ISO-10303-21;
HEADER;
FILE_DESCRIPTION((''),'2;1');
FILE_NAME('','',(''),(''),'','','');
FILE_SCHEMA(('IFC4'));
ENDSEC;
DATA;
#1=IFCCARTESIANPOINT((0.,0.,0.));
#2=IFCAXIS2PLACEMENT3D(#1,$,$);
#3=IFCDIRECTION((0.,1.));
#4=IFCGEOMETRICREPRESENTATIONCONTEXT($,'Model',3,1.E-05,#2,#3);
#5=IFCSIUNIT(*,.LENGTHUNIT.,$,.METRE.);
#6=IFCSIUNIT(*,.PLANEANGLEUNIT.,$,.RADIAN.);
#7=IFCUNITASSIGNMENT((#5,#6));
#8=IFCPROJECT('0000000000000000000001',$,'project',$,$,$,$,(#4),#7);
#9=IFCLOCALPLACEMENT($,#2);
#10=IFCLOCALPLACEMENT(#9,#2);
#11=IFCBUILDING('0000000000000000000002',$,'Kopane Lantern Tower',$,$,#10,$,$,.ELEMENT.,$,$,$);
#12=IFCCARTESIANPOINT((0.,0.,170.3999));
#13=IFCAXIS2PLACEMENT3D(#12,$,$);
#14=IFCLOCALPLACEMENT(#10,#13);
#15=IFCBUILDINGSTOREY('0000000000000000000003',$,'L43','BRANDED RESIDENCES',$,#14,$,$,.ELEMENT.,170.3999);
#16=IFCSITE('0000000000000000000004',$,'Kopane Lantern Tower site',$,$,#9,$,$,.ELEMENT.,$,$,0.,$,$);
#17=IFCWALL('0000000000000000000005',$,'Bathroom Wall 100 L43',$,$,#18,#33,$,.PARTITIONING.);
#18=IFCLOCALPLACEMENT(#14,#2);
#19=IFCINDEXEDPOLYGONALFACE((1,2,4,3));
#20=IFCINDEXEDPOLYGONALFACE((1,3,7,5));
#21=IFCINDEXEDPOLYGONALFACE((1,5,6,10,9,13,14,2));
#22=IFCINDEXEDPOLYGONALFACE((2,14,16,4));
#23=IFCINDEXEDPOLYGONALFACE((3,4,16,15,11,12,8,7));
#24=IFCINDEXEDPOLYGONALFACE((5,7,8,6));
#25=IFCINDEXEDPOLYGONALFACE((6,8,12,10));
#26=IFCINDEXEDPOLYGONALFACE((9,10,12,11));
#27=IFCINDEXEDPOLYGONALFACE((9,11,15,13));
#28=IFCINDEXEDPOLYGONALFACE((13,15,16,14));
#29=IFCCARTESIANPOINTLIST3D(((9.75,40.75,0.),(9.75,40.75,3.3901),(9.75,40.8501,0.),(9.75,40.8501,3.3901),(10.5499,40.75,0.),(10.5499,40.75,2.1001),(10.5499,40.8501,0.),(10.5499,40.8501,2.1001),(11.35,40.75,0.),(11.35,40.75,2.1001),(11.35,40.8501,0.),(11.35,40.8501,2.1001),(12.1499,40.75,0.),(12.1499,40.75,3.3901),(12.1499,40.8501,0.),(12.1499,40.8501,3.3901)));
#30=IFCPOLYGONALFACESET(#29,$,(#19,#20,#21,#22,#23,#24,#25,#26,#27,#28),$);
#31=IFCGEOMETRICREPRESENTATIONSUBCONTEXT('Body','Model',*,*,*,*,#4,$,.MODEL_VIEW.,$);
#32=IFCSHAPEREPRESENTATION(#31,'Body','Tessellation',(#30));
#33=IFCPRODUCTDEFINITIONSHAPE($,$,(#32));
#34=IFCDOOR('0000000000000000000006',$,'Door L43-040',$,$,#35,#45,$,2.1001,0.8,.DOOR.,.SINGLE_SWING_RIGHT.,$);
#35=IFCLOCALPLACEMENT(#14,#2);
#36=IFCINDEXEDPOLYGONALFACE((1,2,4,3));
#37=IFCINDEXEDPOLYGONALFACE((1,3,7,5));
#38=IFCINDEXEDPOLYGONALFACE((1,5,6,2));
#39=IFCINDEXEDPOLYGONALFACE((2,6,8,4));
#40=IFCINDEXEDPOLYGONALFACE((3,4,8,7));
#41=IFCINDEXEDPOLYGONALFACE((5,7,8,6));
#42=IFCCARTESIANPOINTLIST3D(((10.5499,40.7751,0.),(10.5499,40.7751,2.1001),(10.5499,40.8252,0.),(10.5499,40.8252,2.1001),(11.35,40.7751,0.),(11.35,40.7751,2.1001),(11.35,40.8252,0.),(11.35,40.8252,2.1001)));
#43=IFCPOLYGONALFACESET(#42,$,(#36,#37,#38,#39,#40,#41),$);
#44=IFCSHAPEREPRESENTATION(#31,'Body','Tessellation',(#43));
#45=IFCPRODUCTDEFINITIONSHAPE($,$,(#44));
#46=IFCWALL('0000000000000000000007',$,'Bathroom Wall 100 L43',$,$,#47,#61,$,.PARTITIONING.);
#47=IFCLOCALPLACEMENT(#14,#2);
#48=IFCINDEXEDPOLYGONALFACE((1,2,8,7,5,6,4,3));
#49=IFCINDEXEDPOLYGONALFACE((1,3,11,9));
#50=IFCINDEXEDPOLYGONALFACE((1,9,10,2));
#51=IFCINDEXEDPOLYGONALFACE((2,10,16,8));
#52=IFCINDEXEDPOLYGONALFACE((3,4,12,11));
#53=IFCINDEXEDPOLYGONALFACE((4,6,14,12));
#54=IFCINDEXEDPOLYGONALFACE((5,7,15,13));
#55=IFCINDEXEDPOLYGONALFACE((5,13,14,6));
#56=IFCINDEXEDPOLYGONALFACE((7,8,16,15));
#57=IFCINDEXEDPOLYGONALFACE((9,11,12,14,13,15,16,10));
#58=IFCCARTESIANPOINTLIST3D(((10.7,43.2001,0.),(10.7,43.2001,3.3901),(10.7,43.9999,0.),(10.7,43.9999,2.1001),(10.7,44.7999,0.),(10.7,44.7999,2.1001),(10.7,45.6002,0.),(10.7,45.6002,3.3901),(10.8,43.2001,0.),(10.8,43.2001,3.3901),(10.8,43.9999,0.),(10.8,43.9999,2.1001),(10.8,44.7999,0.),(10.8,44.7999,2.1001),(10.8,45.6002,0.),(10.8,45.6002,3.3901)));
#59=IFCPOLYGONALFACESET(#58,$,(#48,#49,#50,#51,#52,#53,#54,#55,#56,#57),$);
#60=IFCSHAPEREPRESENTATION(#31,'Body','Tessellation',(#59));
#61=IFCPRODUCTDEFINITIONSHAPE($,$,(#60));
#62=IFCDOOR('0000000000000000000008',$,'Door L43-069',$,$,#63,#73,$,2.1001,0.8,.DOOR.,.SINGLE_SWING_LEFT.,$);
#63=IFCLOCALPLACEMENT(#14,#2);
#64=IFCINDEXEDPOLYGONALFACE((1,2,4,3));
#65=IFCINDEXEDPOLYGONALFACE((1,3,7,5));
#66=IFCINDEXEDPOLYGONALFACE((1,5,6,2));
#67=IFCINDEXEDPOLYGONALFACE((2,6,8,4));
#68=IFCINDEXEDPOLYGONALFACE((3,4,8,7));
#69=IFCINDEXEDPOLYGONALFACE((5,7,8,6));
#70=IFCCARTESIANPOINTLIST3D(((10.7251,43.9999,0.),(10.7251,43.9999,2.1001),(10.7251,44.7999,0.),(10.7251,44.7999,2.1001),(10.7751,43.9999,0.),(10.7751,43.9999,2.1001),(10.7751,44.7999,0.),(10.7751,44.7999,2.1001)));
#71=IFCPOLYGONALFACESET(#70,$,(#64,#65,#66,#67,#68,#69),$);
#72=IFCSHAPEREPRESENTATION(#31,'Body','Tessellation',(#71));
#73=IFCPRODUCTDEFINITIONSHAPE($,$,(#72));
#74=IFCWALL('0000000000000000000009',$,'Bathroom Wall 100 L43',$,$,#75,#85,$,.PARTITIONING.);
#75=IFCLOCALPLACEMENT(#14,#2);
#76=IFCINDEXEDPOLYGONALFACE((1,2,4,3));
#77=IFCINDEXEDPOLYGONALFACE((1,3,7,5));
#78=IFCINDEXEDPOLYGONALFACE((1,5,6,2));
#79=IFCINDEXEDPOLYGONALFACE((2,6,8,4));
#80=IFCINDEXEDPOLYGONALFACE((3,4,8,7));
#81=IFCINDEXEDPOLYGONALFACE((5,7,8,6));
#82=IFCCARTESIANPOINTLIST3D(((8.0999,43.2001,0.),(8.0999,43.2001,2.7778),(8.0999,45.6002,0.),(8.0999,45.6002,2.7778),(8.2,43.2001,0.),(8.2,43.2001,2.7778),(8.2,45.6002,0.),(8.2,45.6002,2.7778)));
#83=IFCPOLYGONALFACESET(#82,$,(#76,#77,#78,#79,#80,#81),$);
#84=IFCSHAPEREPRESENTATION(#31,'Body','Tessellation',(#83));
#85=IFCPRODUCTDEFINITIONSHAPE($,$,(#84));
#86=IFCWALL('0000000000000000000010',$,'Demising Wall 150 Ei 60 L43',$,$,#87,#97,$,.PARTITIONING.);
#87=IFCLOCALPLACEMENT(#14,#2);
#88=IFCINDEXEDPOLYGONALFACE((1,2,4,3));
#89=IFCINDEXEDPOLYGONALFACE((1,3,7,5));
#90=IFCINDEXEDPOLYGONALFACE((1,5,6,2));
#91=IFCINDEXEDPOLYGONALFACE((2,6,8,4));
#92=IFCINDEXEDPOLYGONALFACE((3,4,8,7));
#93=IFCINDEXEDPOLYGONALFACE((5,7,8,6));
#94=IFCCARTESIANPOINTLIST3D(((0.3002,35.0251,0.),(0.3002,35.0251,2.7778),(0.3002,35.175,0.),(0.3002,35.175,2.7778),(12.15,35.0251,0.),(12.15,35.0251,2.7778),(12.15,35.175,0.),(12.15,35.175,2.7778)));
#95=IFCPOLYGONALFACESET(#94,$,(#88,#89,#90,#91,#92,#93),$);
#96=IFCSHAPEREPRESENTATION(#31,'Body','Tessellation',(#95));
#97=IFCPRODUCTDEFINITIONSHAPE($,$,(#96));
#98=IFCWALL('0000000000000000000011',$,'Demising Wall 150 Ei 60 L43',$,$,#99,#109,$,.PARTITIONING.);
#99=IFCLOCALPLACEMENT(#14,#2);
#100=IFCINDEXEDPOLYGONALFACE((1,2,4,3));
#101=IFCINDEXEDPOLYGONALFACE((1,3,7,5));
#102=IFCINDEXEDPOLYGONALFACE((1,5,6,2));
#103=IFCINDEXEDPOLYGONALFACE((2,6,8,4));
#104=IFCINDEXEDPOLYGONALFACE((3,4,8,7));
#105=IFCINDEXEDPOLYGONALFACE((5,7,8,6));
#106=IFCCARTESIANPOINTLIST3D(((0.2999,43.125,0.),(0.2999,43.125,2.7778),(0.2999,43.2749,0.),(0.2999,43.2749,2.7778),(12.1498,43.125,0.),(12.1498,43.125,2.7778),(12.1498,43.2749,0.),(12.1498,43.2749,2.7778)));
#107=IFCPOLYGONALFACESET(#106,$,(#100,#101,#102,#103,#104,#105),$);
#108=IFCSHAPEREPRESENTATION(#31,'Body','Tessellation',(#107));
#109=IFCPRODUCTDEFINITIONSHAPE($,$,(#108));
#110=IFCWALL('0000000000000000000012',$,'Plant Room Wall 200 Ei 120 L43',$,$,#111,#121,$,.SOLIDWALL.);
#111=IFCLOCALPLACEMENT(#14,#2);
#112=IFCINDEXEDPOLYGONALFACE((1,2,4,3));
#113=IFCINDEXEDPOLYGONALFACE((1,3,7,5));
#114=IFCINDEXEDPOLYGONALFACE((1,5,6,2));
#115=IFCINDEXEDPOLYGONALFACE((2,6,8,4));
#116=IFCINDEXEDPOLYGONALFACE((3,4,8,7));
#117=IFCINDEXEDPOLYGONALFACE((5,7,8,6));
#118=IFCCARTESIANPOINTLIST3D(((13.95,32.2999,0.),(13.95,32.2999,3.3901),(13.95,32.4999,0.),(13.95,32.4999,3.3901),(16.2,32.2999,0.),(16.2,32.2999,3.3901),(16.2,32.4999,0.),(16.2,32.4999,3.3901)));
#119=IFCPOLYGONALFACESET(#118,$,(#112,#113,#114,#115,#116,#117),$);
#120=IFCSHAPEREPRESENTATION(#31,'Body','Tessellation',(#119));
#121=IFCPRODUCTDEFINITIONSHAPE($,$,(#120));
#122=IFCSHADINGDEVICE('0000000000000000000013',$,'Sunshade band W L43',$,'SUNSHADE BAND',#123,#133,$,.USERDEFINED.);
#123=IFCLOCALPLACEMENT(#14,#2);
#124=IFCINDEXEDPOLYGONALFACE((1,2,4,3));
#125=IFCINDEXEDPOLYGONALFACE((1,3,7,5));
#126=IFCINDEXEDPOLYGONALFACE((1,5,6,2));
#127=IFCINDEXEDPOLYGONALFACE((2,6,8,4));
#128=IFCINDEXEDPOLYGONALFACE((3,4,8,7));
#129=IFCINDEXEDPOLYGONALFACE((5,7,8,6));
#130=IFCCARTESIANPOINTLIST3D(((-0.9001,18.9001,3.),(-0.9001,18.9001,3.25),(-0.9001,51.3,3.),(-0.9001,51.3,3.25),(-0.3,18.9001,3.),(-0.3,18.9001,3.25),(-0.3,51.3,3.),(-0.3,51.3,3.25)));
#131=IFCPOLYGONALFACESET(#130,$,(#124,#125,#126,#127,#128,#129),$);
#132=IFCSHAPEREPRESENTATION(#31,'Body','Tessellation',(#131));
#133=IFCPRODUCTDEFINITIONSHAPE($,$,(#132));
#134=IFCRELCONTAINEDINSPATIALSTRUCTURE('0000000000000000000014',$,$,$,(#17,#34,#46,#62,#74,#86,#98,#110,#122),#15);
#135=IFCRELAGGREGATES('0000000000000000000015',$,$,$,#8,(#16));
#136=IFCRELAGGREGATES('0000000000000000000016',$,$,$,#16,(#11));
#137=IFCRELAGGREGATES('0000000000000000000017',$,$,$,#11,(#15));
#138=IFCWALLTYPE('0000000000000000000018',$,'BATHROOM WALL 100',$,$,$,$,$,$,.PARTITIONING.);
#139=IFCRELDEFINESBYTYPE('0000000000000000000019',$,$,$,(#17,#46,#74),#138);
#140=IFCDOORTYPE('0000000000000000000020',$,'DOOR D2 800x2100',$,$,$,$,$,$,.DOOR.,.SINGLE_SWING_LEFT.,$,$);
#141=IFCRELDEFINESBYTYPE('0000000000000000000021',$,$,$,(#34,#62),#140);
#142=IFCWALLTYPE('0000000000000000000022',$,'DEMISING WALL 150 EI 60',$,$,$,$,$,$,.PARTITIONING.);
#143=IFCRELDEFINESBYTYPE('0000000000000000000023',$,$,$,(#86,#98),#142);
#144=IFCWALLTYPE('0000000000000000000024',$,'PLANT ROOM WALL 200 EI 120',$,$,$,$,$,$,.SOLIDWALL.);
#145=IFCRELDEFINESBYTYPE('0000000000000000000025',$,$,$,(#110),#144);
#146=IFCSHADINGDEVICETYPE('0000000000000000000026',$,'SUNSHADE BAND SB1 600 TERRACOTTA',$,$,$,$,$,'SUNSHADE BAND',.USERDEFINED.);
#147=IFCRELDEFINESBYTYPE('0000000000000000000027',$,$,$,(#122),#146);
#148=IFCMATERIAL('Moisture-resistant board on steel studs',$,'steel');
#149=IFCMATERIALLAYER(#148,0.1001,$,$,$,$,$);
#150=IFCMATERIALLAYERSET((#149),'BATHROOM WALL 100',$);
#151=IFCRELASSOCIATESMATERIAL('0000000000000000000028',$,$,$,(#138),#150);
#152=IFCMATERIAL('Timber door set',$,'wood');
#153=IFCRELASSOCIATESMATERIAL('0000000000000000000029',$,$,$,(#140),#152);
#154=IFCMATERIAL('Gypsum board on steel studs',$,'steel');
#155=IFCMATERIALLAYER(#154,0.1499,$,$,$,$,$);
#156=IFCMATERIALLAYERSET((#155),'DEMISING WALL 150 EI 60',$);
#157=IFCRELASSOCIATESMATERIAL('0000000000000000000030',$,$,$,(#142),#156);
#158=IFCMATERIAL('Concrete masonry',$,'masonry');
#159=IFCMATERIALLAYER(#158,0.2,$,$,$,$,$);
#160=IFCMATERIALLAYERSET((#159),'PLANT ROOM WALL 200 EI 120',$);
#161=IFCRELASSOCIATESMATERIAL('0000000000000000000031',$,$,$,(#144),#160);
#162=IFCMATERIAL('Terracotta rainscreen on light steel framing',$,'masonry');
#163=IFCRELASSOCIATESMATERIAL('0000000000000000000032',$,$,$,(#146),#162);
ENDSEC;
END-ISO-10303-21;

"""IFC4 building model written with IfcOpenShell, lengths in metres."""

from ifc_helpers import new_model, si_unit, direction, frame, frame_2d, origin, origin_2d, place, context, subcontext, project, spatial, rectangle, extrude, material, layer, layer_set, type_object, element, fill, save


model = new_model("IFC4")

# Units and contexts
model_context = context("Model", 3, precision=1e-05, world=origin(), true_north=direction((0.0, 1.0)))
body_context = subcontext(model_context, "Body", "Model", "MODEL_VIEW")
ifc_project = project(units=[si_unit("LENGTHUNIT", "METRE"), si_unit("PLANEANGLEUNIT", "RADIAN")], contexts=[model_context])

# Site, building, storey
site_placement = place(None, origin())
site = spatial("IfcSite", under=ifc_project, at=site_placement, Name="Kopane Lantern Tower site", CompositionType="ELEMENT", RefElevation=0.0)
building_placement = place(site_placement, origin())
building = spatial("IfcBuilding", under=site, at=building_placement, Name="Kopane Lantern Tower", CompositionType="ELEMENT")
storey_placement = place(building_placement, frame((0.0, 0.0, 170.3999)))
storey = spatial("IfcBuildingStorey", under=building, at=storey_placement, Name="L43", Description="BRANDED RESIDENCES", CompositionType="ELEMENT", Elevation=170.3999)

# Walls, openings, doors
ifc_material_1 = material(Name="Moisture-resistant board on steel studs", Category="steel")
ifc_layer_1 = layer(ifc_material_1, 0.1001)
ifc_layer_set_1 = layer_set([ifc_layer_1], Name="BATHROOM WALL 100")
wall_type_1 = type_object("IfcWallType", Name="BATHROOM WALL 100", PredefinedType="PARTITIONING", material=ifc_layer_set_1)
ifc_material_2 = material(Name="Timber door set", Category="wood")
door_type = type_object("IfcDoorType", Name="DOOR D2 800x2100", OperationType="SINGLE_SWING_LEFT", PredefinedType="DOOR", material=ifc_material_2)
wall_1_placement = place(storey_placement, frame((12.1499, 40.8, 0.0), z_axis=(0.0, 0.0, 1.0), x_axis=(-1.0, 0.0, 0.0)))
wall_1 = element("IfcWall", 1, at=wall_1_placement, inside=storey, type_object=wall_type_1, Name="Bathroom Wall 100 L43", PredefinedType="PARTITIONING", context=body_context, shape_type="SweptSolid", body=[
    extrude(rectangle(XDim=2.3999, YDim=0.1001, at=frame_2d((1.2, 0.0))), origin(), (0.0, 0.0, 1.0), 3.3901),
])
opening_1_placement = place(wall_1_placement, frame((0.8, 0.0, 0.0)))
opening_1 = element("IfcOpeningElement", 2, at=opening_1_placement, cuts=wall_1, PredefinedType="OPENING", context=body_context, shape_type="SweptSolid", body=[
    extrude(rectangle(XDim=0.8, YDim=2.1001, at=frame_2d((0.3999, 1.05))), frame((0.0, 0.0601, 0.0), z_axis=(0.0, -1.0, 0.0), x_axis=(1.0, 0.0, 0.0)), (0.0, 0.0, 1.0), 0.1201),
])
door_1_placement = place(opening_1_placement, origin())
door_1 = element("IfcDoor", 3, at=door_1_placement, inside=storey, type_object=door_type, Name="Door L43-040", OperationType="SINGLE_SWING_RIGHT", OverallHeight=2.1001, OverallWidth=0.8, PredefinedType="DOOR", context=body_context, shape_type="SweptSolid", body=[
    extrude(rectangle(XDim=0.8, YDim=2.1001, at=frame_2d((0.3999, 1.05))), frame((0.0, 0.0249, 0.0), z_axis=(0.0, -1.0, 0.0), x_axis=(1.0, 0.0, 0.0)), (0.0, 0.0, 1.0), 0.05),
])
fill(opening_1, door_1)
wall_2_placement = place(storey_placement, frame((10.75, 43.2, 0.0), z_axis=(0.0, 0.0, 1.0), x_axis=(0.0, 1.0, 0.0)))
wall_2 = element("IfcWall", 4, at=wall_2_placement, inside=storey, type_object=wall_type_1, Name="Bathroom Wall 100 L43", PredefinedType="PARTITIONING", context=body_context, shape_type="SweptSolid", body=[
    extrude(rectangle(XDim=2.4001, YDim=0.1001, at=frame_2d((1.2002, 0.0))), origin(), (0.0, 0.0, 1.0), 3.3901),
])
opening_2_placement = place(wall_2_placement, frame((0.8, 0.0, 0.0)))
opening_2 = element("IfcOpeningElement", 5, at=opening_2_placement, cuts=wall_2, PredefinedType="OPENING", context=body_context, shape_type="SweptSolid", body=[
    extrude(rectangle(XDim=0.8, YDim=2.1001, at=frame_2d((0.3999, 1.05))), frame((0.0, 0.0601, 0.0), z_axis=(0.0, -1.0, 0.0), x_axis=(1.0, 0.0, 0.0)), (0.0, 0.0, 1.0), 0.1201),
])
door_2_placement = place(opening_2_placement, origin())
door_2 = element("IfcDoor", 6, at=door_2_placement, inside=storey, type_object=door_type, Name="Door L43-069", OperationType="SINGLE_SWING_LEFT", OverallHeight=2.1001, OverallWidth=0.8, PredefinedType="DOOR", context=body_context, shape_type="SweptSolid", body=[
    extrude(rectangle(XDim=0.8, YDim=2.1001, at=frame_2d((0.3999, 1.05))), frame((0.0, 0.0249, 0.0), z_axis=(0.0, -1.0, 0.0), x_axis=(1.0, 0.0, 0.0)), (0.0, 0.0, 1.0), 0.05),
])
fill(opening_2, door_2)

# Walls
wall_3_placement = place(storey_placement, frame((8.1499, 43.2, 0.0), z_axis=(0.0, 0.0, 1.0), x_axis=(0.0, 1.0, 0.0)))
element("IfcWall", 7, at=wall_3_placement, inside=storey, type_object=wall_type_1, Name="Bathroom Wall 100 L43", PredefinedType="PARTITIONING", context=body_context, shape_type="SweptSolid", body=[
    extrude(rectangle(XDim=2.4001, YDim=0.1001, at=frame_2d((1.2002, 0.0))), origin(), (0.0, 0.0, 1.0), 2.7778),
])
ifc_material_3 = material(Name="Gypsum board on steel studs", Category="steel")
ifc_layer_2 = layer(ifc_material_3, 0.1499)
ifc_layer_set_2 = layer_set([ifc_layer_2], Name="DEMISING WALL 150 EI 60")
wall_type_2 = type_object("IfcWallType", Name="DEMISING WALL 150 EI 60", PredefinedType="PARTITIONING", material=ifc_layer_set_2)
for number, where, z_axis, x_axis, name in (
    (8, (12.1499, 35.1001, 0.0), (0.0, 0.0, 1.0), (-1.0, 0.0, 0.0), "Demising Wall 150 Ei 60 L43"),
    (9, (0.3, 43.2, 0.0), (0.0, 0.0, 1.0), (1.0, 0.0, 0.0), "Demising Wall 150 Ei 60 L43"),
):
    element("IfcWall", number, at=place(storey_placement, frame(where, z_axis=z_axis, x_axis=x_axis)), inside=storey, type_object=wall_type_2, Name=name, PredefinedType="PARTITIONING", context=body_context, shape_type="SweptSolid", body=[
        extrude(rectangle(XDim=11.8499, YDim=0.1499, at=frame_2d((5.9248, 0.0))), origin(), (0.0, 0.0, 1.0), 2.7778),
    ])
ifc_material_4 = material(Name="Concrete masonry", Category="masonry")
ifc_layer_3 = layer(ifc_material_4, 0.2)
ifc_layer_set_3 = layer_set([ifc_layer_3], Name="PLANT ROOM WALL 200 EI 120")
wall_type_3 = type_object("IfcWallType", Name="PLANT ROOM WALL 200 EI 120", PredefinedType="SOLIDWALL", material=ifc_layer_set_3)
wall_4_placement = place(storey_placement, frame((13.95, 32.3999, 0.0), z_axis=(0.0, 0.0, 1.0), x_axis=(1.0, 0.0, 0.0)))
element("IfcWall", 10, at=wall_4_placement, inside=storey, type_object=wall_type_3, Name="Plant Room Wall 200 Ei 120 L43", PredefinedType="SOLIDWALL", context=body_context, shape_type="SweptSolid", body=[
    extrude(rectangle(XDim=2.25, YDim=0.2, at=frame_2d((1.125, 0.0))), origin(), (0.0, 0.0, 1.0), 3.3901),
])

# Shading device
ifc_material_5 = material(Name="Terracotta rainscreen on light steel framing", Category="masonry")
shading_device_type = type_object("IfcShadingDeviceType", Name="SUNSHADE BAND SB1 600 TERRACOTTA", ElementType="SUNSHADE BAND", PredefinedType="USERDEFINED", material=ifc_material_5)
shading_device_placement = place(storey_placement, frame((-0.6001, 35.1001, 3.0), z_axis=(0.0, 0.0, 1.0), x_axis=(0.0, -1.0, 0.0)))
element("IfcShadingDevice", 11, at=shading_device_placement, inside=storey, type_object=shading_device_type, Name="Sunshade band W L43", ObjectType="SUNSHADE BAND", PredefinedType="USERDEFINED", context=body_context, shape_type="SweptSolid", body=[
    extrude(rectangle(XDim=32.3999, YDim=0.6001, at=origin_2d()), origin(), (0.0, 0.0, 1.0), 0.25),
])

save(model, "model.ifc")
